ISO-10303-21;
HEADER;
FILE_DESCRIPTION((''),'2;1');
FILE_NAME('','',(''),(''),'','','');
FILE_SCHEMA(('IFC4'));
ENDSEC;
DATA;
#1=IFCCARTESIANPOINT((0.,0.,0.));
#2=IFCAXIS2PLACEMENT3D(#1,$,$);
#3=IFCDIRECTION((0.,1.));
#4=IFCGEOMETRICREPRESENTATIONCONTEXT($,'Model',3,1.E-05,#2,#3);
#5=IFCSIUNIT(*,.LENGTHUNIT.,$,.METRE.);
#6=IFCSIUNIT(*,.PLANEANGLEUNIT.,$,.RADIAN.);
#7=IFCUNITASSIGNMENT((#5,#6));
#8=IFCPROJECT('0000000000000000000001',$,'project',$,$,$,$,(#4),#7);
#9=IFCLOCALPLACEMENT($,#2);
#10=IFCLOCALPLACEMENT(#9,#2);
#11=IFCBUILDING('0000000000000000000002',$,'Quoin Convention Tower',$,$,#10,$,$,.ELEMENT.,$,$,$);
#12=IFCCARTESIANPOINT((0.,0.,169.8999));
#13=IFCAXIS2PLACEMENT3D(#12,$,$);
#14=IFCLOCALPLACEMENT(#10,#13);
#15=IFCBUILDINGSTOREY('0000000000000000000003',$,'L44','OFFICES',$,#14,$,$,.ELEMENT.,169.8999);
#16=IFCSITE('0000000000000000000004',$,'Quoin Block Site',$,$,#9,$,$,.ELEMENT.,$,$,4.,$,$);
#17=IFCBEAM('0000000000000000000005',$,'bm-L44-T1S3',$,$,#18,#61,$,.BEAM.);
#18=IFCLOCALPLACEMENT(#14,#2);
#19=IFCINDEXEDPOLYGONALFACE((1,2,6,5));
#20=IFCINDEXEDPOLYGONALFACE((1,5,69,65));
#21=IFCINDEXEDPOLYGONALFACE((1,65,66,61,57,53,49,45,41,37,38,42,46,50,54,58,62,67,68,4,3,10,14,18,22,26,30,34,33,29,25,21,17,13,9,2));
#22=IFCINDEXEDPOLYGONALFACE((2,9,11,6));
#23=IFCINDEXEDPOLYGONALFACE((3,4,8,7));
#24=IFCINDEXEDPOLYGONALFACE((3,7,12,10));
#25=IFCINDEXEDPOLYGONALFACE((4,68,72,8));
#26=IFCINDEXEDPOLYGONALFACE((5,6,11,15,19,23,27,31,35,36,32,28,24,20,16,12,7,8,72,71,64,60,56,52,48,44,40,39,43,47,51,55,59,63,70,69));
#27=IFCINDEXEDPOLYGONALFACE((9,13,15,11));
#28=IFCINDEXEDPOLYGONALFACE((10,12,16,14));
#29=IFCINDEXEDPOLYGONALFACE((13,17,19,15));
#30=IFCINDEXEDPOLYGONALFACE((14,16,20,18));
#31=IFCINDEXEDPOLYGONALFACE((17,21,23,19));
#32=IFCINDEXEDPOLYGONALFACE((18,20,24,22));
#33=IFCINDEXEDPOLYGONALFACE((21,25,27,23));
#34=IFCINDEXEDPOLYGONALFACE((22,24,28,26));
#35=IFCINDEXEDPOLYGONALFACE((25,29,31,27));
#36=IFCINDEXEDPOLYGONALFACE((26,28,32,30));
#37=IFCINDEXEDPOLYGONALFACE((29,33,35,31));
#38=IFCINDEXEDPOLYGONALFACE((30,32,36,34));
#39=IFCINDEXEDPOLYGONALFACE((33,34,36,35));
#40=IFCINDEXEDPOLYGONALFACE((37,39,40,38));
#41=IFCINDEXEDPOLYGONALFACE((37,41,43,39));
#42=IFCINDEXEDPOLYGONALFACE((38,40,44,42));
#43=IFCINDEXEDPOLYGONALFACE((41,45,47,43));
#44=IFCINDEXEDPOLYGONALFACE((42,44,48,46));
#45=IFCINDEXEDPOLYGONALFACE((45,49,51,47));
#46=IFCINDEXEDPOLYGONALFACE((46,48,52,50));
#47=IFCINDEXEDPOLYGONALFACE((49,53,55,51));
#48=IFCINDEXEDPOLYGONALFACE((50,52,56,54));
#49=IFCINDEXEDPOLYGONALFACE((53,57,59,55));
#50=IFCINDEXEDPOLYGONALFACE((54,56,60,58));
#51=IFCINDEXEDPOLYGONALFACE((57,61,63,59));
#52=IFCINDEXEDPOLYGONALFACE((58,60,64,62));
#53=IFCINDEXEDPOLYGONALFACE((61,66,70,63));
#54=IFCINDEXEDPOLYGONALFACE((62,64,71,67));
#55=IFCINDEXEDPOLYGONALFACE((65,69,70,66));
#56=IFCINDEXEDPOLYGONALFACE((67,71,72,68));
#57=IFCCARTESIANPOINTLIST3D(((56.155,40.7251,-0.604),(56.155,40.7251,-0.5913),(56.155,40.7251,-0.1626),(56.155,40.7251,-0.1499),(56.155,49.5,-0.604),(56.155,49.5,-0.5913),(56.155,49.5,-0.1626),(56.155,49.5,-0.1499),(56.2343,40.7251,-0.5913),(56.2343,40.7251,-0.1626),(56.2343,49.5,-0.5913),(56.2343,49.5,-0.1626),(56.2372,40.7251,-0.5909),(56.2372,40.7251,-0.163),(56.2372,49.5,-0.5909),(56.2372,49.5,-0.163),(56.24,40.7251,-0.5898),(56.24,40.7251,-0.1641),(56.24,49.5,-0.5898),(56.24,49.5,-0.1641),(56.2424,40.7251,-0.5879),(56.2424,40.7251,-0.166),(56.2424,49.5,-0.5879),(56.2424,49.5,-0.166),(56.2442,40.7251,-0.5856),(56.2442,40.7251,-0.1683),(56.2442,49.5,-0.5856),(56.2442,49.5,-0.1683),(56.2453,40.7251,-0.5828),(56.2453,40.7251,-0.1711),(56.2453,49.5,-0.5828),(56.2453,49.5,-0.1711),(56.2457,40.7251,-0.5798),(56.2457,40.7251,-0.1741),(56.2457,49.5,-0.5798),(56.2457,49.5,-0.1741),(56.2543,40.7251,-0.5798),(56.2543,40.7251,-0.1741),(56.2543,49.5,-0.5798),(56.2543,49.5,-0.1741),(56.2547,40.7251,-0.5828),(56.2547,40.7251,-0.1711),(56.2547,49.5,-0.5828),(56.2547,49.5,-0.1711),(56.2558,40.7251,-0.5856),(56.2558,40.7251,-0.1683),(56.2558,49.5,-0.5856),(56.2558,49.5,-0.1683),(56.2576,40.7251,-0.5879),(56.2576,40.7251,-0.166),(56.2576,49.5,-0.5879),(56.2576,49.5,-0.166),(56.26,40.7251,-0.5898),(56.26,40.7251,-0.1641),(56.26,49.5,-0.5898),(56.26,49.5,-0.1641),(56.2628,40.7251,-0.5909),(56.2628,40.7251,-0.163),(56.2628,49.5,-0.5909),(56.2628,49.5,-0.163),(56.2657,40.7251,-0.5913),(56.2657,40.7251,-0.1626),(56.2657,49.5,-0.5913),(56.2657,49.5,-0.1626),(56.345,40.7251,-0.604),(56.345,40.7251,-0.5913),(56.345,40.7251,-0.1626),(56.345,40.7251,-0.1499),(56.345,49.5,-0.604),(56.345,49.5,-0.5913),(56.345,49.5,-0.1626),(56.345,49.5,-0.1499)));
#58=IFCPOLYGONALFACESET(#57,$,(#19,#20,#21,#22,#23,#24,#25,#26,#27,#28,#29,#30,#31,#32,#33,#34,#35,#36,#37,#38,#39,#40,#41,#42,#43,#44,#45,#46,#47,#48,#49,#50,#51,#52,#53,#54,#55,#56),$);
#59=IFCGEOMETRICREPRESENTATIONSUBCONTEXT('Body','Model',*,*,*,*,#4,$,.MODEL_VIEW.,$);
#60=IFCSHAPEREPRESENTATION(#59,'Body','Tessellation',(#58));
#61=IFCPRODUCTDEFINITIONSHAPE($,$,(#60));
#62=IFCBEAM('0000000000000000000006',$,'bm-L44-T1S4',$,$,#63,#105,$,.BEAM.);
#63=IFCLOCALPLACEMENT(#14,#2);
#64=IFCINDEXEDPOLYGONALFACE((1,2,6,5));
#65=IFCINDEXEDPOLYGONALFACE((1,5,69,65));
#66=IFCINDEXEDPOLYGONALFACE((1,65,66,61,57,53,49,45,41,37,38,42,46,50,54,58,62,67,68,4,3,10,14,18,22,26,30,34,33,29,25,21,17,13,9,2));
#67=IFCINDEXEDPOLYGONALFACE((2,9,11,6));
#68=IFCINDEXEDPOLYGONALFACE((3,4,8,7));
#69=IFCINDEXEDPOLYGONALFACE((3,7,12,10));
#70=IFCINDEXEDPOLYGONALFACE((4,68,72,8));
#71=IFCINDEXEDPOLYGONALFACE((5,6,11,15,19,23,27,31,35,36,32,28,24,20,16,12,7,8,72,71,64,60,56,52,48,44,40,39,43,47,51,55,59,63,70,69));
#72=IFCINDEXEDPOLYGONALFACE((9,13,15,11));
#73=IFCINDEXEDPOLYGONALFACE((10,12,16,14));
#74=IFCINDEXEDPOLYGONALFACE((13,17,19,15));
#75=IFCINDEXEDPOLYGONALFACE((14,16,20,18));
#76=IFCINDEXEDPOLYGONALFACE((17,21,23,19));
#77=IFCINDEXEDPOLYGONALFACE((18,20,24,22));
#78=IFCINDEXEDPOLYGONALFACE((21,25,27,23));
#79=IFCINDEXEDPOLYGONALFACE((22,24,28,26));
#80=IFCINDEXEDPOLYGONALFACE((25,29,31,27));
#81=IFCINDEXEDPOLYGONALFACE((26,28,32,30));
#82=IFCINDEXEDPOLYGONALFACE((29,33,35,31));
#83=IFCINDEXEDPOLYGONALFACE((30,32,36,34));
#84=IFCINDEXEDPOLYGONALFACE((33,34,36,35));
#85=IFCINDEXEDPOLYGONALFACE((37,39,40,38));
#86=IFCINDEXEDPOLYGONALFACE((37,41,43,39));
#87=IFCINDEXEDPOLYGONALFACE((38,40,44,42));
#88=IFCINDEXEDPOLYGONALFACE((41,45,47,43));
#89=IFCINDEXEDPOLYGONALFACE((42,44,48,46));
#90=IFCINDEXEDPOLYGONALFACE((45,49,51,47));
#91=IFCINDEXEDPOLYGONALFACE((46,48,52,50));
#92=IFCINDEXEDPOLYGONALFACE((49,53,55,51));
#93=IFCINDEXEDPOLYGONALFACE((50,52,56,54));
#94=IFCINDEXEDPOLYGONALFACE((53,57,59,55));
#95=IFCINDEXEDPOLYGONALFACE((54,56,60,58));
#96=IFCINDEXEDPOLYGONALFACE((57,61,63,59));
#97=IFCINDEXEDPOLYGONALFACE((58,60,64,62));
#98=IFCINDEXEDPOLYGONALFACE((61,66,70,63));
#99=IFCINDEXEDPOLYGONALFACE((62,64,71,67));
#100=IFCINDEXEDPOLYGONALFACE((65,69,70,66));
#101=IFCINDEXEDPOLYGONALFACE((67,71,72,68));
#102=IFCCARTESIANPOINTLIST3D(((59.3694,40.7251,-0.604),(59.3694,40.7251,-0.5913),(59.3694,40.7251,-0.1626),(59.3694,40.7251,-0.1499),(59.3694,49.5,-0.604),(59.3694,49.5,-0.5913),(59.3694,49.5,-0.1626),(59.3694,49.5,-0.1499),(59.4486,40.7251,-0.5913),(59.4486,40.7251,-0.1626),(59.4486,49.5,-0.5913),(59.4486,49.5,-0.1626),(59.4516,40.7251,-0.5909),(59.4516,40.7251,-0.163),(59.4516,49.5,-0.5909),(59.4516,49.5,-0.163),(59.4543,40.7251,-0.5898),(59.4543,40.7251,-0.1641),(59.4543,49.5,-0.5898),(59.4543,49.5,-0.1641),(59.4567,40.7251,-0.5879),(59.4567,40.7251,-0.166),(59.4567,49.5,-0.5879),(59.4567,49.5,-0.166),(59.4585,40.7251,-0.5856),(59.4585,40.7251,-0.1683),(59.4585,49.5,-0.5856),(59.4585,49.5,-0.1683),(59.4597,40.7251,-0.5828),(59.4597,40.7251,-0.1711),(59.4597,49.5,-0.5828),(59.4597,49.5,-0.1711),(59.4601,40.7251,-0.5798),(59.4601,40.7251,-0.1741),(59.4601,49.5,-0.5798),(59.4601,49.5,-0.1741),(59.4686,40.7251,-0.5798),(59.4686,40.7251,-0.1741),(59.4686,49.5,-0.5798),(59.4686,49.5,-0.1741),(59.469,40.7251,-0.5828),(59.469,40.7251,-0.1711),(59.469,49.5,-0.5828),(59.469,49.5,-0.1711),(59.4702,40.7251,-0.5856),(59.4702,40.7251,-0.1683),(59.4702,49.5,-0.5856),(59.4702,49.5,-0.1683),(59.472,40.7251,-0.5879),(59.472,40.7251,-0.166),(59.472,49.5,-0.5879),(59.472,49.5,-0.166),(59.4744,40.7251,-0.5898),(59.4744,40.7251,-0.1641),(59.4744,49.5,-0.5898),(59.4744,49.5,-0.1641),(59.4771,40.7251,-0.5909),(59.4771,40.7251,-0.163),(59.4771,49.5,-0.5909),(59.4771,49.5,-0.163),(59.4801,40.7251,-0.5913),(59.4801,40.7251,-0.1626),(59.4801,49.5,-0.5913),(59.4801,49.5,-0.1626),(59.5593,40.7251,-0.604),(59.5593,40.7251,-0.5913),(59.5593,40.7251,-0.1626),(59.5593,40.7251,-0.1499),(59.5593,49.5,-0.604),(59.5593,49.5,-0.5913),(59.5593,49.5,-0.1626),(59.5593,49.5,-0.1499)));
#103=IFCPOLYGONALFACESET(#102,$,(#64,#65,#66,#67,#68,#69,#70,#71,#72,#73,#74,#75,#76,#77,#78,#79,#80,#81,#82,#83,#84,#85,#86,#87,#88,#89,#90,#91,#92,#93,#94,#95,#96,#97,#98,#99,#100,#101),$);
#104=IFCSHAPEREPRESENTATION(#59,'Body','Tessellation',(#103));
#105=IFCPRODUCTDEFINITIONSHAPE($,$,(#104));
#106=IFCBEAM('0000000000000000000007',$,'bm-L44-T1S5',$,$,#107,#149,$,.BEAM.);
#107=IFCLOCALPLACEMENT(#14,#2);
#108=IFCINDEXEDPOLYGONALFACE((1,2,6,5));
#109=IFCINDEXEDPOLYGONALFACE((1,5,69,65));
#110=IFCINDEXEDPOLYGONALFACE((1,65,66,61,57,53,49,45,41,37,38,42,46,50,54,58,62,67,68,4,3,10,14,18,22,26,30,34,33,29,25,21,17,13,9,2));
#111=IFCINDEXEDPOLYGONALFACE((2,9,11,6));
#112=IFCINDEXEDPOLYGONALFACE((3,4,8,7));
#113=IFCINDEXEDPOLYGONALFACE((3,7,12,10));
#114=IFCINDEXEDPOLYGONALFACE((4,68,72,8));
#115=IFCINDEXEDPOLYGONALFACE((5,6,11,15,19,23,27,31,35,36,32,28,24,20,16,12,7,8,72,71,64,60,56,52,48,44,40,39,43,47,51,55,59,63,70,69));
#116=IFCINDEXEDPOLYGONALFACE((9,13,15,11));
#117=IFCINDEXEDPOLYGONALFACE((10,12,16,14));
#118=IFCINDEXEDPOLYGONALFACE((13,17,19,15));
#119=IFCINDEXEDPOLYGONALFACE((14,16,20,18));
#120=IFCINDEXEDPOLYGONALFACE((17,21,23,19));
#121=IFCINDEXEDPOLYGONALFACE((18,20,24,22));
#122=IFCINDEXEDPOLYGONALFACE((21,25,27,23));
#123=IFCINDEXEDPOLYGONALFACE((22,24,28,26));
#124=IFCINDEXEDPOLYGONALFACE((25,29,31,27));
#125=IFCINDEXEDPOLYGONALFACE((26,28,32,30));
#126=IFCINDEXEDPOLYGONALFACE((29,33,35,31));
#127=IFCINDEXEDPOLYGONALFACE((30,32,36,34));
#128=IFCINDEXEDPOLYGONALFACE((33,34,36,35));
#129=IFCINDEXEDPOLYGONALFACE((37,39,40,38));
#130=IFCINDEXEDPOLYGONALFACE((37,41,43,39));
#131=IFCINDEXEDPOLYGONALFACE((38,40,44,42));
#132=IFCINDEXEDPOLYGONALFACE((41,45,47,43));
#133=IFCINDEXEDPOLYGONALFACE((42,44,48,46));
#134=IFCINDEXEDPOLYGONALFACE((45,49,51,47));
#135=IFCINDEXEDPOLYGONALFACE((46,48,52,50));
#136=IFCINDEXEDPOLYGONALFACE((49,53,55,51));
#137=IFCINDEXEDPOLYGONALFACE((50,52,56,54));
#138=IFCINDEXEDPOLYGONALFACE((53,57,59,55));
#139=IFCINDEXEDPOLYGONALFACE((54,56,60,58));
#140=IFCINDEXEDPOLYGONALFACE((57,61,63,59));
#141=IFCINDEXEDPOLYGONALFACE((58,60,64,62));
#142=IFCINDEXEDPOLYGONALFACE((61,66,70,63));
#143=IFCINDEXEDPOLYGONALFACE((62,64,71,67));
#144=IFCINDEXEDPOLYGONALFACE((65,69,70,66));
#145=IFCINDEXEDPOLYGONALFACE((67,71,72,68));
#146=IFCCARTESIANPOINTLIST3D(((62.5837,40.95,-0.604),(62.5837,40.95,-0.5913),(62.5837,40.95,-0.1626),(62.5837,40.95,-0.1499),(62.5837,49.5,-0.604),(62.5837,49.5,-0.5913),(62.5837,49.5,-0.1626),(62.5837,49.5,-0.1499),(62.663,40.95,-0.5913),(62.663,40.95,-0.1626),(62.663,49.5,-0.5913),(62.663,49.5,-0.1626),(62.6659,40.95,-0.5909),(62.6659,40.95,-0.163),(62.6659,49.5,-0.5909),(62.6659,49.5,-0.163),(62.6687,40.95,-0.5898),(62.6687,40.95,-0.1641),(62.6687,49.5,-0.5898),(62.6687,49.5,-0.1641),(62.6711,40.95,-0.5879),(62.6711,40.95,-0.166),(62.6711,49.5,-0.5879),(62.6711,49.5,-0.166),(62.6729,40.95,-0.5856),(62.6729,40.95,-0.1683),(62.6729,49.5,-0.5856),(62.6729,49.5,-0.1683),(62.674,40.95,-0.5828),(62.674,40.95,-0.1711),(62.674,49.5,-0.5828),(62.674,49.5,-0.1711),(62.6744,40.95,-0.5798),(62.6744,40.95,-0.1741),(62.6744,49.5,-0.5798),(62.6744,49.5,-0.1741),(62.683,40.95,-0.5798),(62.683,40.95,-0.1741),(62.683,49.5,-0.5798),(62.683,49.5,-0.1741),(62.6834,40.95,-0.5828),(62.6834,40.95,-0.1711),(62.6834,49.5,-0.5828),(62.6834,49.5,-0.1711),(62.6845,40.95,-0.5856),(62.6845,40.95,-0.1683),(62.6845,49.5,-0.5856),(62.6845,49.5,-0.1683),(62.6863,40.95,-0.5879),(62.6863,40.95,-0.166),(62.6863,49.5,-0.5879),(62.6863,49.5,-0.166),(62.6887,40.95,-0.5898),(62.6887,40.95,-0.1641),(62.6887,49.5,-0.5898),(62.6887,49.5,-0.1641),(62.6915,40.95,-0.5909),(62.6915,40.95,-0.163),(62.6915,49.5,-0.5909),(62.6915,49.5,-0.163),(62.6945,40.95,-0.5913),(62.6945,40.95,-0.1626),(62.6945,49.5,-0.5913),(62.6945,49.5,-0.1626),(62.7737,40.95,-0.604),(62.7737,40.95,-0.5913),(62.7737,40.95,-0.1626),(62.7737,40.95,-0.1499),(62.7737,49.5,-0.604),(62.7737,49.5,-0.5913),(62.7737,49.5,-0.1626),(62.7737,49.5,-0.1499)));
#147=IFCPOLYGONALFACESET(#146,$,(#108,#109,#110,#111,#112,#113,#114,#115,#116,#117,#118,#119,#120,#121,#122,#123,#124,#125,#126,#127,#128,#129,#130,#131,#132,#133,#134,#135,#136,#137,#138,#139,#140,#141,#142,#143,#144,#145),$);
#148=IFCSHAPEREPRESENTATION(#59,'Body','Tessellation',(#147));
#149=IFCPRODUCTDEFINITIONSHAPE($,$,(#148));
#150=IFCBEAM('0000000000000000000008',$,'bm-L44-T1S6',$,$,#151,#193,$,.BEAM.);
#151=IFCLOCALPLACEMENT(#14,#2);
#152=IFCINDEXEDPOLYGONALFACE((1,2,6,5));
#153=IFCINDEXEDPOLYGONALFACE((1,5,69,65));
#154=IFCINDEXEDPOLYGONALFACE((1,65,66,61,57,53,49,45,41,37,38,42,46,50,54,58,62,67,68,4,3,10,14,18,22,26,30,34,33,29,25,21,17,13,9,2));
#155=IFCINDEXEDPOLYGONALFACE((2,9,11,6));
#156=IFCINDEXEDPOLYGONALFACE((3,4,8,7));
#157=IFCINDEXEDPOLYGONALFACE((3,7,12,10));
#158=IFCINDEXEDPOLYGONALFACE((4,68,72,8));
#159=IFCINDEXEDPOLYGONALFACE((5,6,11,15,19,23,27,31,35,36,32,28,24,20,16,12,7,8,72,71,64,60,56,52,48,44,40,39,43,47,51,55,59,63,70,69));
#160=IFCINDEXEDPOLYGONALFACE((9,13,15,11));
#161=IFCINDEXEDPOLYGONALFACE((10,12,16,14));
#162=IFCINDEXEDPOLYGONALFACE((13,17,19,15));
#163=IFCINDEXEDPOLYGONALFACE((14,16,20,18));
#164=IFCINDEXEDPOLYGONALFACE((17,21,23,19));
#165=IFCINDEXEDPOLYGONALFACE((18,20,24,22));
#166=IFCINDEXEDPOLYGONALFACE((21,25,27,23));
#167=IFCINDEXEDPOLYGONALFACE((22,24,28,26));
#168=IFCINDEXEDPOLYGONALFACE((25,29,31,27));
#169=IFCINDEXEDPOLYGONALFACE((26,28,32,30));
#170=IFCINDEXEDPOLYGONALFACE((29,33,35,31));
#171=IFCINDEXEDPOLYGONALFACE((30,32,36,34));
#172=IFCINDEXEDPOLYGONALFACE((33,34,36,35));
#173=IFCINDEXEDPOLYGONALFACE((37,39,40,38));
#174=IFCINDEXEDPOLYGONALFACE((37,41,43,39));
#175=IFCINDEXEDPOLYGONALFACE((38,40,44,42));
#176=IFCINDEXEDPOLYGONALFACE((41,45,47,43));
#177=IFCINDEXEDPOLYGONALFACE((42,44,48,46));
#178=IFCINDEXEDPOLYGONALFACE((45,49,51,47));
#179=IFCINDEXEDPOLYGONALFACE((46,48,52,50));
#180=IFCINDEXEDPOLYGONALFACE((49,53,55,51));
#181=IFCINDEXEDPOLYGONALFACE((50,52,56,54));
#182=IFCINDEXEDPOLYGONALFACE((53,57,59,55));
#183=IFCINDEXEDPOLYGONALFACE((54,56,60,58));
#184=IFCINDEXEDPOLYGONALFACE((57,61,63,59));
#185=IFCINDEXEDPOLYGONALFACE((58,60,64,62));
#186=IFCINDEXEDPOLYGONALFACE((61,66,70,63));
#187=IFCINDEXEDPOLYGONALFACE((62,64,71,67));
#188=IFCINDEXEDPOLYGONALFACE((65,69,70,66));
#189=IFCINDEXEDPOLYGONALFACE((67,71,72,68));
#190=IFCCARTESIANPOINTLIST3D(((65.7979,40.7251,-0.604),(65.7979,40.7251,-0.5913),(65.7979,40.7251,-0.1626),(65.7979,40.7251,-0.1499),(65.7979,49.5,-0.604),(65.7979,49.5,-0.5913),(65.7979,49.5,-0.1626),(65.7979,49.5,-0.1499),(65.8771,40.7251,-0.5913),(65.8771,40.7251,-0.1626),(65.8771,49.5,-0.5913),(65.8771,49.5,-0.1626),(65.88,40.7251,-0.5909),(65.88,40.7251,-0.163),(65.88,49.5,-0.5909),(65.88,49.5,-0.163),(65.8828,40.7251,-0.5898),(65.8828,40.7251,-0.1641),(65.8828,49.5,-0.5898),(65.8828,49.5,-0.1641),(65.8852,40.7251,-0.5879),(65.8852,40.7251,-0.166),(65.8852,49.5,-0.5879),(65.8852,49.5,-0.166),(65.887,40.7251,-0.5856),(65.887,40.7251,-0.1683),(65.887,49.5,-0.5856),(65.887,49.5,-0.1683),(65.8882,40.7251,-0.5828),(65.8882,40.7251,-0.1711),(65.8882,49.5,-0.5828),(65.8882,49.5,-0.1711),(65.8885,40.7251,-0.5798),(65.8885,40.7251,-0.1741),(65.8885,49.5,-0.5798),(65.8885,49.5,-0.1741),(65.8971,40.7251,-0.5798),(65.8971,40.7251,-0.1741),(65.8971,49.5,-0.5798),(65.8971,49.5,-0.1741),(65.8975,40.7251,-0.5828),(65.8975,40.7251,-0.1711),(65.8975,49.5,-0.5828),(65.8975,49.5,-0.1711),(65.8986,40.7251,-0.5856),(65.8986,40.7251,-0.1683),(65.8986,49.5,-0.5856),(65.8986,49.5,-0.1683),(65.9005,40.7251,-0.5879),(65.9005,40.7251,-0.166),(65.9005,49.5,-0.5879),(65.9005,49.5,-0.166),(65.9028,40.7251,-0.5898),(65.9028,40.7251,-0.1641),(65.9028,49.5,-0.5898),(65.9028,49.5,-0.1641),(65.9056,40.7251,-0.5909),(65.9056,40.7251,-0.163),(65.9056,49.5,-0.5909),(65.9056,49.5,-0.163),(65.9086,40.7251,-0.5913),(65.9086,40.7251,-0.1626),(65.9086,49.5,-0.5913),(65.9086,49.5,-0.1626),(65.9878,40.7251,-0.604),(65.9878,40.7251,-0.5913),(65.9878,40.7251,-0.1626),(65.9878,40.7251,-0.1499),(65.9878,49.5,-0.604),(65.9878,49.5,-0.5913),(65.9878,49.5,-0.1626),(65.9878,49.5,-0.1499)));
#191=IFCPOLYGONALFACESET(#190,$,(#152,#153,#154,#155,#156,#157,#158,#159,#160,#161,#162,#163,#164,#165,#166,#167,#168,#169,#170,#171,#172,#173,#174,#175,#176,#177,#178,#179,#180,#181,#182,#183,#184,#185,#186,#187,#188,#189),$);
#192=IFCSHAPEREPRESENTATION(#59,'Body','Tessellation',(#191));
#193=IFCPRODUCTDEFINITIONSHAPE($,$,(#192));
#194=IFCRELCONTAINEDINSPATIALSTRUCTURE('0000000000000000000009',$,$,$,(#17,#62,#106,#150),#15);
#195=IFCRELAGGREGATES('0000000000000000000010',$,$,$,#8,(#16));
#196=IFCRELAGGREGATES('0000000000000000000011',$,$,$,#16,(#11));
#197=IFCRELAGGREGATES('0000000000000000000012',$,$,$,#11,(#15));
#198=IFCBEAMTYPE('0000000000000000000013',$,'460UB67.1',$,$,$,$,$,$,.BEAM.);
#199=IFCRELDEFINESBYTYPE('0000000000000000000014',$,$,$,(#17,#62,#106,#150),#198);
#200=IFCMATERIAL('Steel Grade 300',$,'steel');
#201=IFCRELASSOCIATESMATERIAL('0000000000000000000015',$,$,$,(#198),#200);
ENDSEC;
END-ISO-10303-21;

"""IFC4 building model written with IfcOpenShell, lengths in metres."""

from ifc_helpers import new_model, si_unit, direction, frame, origin, origin_2d, place, context, subcontext, project, spatial, i_section, extrude, material, material_profile, profile_set, type_object, element, save


model = new_model("IFC4")

# Units and contexts
model_context = context("Model", 3, precision=1e-05, world=origin(), true_north=direction((0.0, 1.0)))
body_context = subcontext(model_context, "Body", "Model", "MODEL_VIEW")
ifc_project = project(units=[si_unit("LENGTHUNIT", "METRE"), si_unit("PLANEANGLEUNIT", "RADIAN")], contexts=[model_context])

# Site, building, storey
site_placement = place(None, origin())
site = spatial("IfcSite", under=ifc_project, at=site_placement, Name="Quoin Block Site", CompositionType="ELEMENT", RefElevation=4.0)
building_placement = place(site_placement, origin())
building = spatial("IfcBuilding", under=site, at=building_placement, Name="Quoin Convention Tower", CompositionType="ELEMENT")
storey_placement = place(building_placement, frame((0.0, 0.0, 169.8999)))
storey = spatial("IfcBuildingStorey", under=building, at=storey_placement, Name="L44", Description="OFFICES", CompositionType="ELEMENT", Elevation=169.8999)

# Beams
ifc_material_1 = material(Name="Steel Grade 300", Category="steel")
ifc_material_profile_1 = material_profile(ifc_material_1, i_section(OverallWidth=0.1899, OverallDepth=0.4541, WebThickness=0.0085, FlangeThickness=0.0127, FilletRadius=0.0115, at=origin_2d()), Name="460UB67.1")
ifc_profile_set_1 = profile_set([ifc_material_profile_1], Name="Steel Grade 300")
beam_type_1 = type_object("IfcBeamType", Name="460UB67.1", PredefinedType="BEAM", material=ifc_profile_set_1)
for number, where, z_axis, x_axis, name in (
    (1, (56.25, 40.7251, -0.377), (0.0, 1.0, 0.0), (-1.0, 0.0, 0.0), "bm-L44-T1S3"),
    (2, (59.4644, 40.7251, -0.377), (0.0, 1.0, 0.0), (-1.0, 0.0, 0.0), "bm-L44-T1S4"),
):
    element("IfcBeam", number, at=place(storey_placement, frame(where, z_axis=z_axis, x_axis=x_axis)), inside=storey, type_object=beam_type_1, Name=name, PredefinedType="BEAM", context=body_context, shape_type="SweptSolid", body=[
        extrude(i_section(OverallWidth=0.1899, OverallDepth=0.4541, WebThickness=0.0085, FlangeThickness=0.0127, FilletRadius=0.0115, at=origin_2d()), origin(), (0.0, 0.0, 1.0), 8.7749),
    ])
beam_1_placement = place(storey_placement, frame((62.6787, 40.95, -0.377), z_axis=(0.0, 1.0, 0.0), x_axis=(-1.0, 0.0, 0.0)))
element("IfcBeam", 3, at=beam_1_placement, inside=storey, type_object=beam_type_1, Name="bm-L44-T1S5", PredefinedType="BEAM", context=body_context, shape_type="SweptSolid", body=[
    extrude(i_section(OverallWidth=0.1899, OverallDepth=0.4541, WebThickness=0.0085, FlangeThickness=0.0127, FilletRadius=0.0115, at=origin_2d()), origin(), (0.0, 0.0, 1.0), 8.55),
])
beam_2_placement = place(storey_placement, frame((65.8928, 40.7251, -0.377), z_axis=(0.0, 1.0, 0.0), x_axis=(-1.0, 0.0, 0.0)))
element("IfcBeam", 4, at=beam_2_placement, inside=storey, type_object=beam_type_1, Name="bm-L44-T1S6", PredefinedType="BEAM", context=body_context, shape_type="SweptSolid", body=[
    extrude(i_section(OverallWidth=0.1899, OverallDepth=0.4541, WebThickness=0.0085, FlangeThickness=0.0127, FilletRadius=0.0115, at=origin_2d()), origin(), (0.0, 0.0, 1.0), 8.7749),
])

save(model, "model.ifc")
